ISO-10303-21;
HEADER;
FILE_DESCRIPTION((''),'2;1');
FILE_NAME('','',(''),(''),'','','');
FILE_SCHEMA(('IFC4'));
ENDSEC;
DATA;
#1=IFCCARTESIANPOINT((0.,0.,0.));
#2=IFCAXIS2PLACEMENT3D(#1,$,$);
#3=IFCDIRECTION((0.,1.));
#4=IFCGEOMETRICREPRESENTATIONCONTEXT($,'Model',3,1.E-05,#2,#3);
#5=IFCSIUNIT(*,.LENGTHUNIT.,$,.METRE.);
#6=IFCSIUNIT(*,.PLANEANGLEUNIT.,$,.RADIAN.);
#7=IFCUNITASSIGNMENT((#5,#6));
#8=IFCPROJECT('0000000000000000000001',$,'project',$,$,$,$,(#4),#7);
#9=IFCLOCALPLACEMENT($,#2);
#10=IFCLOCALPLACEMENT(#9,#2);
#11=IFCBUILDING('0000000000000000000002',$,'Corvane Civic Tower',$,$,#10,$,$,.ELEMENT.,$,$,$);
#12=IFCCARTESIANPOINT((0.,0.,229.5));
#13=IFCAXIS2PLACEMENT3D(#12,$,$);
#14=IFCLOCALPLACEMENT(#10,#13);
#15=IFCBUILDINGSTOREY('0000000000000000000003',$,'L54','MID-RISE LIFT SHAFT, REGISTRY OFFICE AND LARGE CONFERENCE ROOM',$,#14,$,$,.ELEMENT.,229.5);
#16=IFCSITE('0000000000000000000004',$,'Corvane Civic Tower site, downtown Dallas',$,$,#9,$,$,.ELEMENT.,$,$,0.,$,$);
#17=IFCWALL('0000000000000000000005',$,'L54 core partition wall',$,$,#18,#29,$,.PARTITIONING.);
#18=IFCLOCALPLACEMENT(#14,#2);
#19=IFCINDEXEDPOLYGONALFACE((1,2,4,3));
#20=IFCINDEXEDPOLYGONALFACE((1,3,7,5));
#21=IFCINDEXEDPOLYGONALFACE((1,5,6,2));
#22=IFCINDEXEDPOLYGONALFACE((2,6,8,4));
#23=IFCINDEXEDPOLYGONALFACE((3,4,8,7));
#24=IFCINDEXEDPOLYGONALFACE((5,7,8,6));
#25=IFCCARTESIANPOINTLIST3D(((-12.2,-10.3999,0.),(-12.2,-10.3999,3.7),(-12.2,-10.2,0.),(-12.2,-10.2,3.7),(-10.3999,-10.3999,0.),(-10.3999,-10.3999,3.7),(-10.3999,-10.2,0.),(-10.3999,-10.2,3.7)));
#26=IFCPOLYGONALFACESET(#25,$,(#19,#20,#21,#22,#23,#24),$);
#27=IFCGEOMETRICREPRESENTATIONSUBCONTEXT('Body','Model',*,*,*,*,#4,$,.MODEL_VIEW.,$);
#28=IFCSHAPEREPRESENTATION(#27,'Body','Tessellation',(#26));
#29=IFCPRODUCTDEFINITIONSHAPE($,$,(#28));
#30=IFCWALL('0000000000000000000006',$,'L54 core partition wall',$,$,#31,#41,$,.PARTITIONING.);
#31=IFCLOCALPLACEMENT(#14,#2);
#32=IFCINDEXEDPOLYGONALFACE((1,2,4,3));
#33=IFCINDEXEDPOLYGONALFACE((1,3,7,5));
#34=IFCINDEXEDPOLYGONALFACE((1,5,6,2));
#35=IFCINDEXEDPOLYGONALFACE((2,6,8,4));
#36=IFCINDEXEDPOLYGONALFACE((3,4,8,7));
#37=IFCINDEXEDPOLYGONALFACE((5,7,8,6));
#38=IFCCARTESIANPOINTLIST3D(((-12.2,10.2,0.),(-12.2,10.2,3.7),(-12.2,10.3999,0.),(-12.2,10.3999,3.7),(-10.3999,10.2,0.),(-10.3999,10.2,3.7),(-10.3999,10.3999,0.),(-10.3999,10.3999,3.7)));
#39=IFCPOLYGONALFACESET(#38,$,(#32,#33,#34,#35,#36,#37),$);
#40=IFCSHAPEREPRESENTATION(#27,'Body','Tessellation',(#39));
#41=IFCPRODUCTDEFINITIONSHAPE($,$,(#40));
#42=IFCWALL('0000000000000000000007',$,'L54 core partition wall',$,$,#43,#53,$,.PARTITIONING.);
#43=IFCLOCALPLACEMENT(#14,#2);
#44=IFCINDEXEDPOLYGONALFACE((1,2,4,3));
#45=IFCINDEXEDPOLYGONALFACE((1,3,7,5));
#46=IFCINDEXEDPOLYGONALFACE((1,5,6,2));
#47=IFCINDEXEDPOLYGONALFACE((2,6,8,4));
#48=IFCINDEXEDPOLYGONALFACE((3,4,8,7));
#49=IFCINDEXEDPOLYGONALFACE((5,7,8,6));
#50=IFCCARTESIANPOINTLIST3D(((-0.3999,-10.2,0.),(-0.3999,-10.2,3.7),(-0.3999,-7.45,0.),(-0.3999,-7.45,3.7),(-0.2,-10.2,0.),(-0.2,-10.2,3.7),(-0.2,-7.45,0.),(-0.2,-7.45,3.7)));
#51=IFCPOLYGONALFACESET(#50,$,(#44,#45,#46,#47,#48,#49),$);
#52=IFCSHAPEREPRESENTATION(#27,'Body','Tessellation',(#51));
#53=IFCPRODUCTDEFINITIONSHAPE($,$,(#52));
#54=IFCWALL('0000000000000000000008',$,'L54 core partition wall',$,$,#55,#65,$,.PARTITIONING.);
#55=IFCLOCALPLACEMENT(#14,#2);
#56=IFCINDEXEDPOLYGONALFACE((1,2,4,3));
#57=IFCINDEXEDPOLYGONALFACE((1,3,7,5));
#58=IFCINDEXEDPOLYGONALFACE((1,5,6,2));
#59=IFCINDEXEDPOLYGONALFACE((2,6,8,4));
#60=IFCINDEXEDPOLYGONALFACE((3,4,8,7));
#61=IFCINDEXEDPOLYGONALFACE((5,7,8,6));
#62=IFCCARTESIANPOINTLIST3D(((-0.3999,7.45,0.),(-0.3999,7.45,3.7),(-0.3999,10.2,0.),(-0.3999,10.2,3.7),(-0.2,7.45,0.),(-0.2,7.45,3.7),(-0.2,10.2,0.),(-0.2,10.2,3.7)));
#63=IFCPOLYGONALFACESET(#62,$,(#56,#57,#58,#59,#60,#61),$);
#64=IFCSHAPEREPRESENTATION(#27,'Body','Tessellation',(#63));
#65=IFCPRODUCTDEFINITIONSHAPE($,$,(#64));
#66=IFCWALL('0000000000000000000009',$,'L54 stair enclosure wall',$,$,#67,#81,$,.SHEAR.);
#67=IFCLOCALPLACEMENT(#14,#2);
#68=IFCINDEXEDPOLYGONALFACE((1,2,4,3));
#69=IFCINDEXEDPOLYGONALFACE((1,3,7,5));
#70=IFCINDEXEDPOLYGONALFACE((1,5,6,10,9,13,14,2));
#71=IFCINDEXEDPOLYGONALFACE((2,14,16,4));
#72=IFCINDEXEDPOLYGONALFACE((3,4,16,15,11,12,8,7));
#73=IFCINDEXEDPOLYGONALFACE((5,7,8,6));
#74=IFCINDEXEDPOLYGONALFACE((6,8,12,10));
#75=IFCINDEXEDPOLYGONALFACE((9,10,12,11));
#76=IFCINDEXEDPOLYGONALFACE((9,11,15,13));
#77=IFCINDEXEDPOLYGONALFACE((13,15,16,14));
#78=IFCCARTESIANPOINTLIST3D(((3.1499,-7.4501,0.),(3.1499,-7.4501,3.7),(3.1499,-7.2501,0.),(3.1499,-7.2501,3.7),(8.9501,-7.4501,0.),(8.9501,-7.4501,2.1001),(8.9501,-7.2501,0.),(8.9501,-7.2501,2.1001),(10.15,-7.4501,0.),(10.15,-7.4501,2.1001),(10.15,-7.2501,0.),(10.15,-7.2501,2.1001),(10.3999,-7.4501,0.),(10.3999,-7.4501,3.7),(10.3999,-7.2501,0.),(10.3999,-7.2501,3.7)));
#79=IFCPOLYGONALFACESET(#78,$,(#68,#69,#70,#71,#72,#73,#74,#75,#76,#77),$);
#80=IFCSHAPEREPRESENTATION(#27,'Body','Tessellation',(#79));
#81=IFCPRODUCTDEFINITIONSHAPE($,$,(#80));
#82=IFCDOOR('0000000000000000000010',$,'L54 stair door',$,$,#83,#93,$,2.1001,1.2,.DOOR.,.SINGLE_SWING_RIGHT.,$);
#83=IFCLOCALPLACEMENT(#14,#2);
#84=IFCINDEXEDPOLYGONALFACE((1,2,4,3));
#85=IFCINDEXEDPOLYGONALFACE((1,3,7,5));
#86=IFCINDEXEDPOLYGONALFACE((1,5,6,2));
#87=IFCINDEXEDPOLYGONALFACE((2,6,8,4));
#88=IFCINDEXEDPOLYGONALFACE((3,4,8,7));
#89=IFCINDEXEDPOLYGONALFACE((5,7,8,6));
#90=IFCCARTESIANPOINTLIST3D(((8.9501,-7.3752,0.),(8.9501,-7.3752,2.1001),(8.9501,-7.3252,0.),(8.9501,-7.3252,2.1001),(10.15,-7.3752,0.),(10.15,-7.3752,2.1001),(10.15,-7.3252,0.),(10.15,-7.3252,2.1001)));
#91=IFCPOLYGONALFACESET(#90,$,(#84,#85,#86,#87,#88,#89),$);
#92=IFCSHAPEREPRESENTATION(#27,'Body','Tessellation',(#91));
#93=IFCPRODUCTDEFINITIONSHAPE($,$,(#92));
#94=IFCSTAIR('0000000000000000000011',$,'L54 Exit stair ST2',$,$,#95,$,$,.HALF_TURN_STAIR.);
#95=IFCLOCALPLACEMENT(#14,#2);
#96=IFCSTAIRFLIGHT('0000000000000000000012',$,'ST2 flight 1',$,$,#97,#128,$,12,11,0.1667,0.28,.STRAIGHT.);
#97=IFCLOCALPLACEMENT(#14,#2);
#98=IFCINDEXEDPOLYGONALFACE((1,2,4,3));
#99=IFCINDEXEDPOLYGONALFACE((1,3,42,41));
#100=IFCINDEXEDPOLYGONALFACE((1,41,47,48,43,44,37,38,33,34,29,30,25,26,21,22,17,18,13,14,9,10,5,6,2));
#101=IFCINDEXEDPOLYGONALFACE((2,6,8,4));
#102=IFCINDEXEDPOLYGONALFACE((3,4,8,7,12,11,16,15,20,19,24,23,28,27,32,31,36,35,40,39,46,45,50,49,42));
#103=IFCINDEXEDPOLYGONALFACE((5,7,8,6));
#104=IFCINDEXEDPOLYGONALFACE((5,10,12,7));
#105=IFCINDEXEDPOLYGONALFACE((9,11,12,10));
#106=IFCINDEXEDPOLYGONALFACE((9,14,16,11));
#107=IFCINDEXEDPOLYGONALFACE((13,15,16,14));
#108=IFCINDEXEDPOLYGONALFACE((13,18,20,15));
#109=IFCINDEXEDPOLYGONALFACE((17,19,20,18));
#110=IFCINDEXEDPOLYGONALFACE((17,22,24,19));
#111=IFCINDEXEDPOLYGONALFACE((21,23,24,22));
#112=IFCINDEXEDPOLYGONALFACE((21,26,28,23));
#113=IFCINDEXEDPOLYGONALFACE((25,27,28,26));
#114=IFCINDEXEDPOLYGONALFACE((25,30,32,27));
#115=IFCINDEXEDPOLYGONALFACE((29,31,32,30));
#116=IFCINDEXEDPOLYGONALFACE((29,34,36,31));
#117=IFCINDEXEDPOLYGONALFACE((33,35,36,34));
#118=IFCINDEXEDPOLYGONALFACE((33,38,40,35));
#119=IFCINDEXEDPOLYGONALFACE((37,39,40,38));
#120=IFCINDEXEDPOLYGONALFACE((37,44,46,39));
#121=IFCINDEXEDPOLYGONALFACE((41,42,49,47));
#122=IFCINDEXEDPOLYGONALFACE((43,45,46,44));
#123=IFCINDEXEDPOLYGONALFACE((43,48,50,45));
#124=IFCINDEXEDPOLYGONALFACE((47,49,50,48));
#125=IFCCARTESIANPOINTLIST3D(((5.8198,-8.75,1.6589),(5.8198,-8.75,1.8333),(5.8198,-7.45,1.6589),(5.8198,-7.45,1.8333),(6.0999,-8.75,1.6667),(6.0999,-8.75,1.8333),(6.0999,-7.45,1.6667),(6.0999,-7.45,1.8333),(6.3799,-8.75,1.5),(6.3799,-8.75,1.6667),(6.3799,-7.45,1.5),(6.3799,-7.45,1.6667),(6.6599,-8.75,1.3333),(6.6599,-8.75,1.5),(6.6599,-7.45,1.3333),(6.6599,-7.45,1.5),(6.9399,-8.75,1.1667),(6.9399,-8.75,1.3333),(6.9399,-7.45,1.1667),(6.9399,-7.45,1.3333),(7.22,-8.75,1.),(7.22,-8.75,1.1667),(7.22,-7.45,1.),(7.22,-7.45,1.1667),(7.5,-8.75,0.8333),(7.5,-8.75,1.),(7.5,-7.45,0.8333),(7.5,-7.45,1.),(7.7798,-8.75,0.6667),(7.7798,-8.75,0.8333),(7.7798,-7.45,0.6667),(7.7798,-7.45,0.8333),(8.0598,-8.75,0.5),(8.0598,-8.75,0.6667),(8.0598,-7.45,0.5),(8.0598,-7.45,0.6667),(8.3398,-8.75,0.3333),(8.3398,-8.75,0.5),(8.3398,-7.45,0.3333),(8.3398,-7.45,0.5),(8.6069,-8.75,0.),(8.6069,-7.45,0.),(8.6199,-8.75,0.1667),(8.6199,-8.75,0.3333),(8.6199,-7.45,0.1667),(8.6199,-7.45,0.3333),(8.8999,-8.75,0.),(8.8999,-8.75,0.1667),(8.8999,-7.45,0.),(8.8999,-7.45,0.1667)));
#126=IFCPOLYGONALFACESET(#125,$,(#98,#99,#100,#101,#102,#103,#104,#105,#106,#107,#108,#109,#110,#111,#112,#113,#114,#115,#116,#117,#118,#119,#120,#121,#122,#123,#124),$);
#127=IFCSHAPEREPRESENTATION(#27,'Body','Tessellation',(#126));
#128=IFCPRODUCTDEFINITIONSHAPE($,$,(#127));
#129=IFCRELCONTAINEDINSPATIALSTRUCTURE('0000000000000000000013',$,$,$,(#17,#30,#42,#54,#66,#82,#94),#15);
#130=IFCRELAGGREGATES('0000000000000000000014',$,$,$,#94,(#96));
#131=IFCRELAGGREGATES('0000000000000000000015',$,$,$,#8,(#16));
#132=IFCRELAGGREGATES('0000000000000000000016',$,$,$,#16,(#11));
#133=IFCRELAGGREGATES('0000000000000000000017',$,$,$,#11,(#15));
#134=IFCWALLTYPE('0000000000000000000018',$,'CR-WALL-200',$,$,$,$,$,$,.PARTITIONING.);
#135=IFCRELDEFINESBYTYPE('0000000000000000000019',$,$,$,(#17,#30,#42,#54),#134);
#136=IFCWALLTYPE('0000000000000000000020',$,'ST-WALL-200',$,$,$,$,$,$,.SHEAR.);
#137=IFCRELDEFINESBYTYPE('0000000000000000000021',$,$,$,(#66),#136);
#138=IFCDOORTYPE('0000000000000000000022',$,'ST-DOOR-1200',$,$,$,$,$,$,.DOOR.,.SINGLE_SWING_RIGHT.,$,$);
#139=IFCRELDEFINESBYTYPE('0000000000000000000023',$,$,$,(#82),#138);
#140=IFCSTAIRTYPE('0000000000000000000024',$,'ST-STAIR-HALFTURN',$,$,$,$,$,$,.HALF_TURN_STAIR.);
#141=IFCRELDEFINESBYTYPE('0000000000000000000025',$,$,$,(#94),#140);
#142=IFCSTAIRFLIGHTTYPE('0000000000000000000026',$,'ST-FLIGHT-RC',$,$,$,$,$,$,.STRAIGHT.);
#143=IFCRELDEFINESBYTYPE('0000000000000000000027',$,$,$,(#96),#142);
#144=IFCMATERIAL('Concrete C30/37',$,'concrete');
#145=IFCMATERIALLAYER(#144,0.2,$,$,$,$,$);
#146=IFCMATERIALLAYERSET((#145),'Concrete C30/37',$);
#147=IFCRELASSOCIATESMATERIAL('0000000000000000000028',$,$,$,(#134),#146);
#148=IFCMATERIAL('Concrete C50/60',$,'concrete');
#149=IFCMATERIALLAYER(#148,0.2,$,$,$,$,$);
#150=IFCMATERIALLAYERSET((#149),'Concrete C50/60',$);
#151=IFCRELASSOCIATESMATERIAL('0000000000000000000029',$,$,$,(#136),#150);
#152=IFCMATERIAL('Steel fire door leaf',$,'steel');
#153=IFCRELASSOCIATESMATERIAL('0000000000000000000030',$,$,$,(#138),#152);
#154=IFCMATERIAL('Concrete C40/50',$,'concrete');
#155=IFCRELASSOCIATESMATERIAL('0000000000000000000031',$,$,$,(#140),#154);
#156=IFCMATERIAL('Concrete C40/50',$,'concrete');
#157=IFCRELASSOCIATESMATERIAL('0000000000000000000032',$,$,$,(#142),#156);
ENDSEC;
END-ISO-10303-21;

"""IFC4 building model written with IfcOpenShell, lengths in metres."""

from ifc_helpers import new_model, si_unit, direction, frame, frame_2d, origin, place, context, subcontext, project, spatial, polyline, rectangle, outline, extrude, material, layer, layer_set, type_object, element, fill, aggregate, save


model = new_model("IFC4")

# Units and contexts
model_context = context("Model", 3, precision=1e-05, world=origin(), true_north=direction((0.0, 1.0)))
body_context = subcontext(model_context, "Body", "Model", "MODEL_VIEW")
ifc_project = project(units=[si_unit("LENGTHUNIT", "METRE"), si_unit("PLANEANGLEUNIT", "RADIAN")], contexts=[model_context])

# Site, building, storey
site_placement = place(None, origin())
site = spatial("IfcSite", under=ifc_project, at=site_placement, Name="Corvane Civic Tower site, downtown Dallas", CompositionType="ELEMENT", RefElevation=0.0)
building_placement = place(site_placement, origin())
building = spatial("IfcBuilding", under=site, at=building_placement, Name="Corvane Civic Tower", CompositionType="ELEMENT")
storey_placement = place(building_placement, frame((0.0, 0.0, 229.5)))
storey = spatial("IfcBuildingStorey", under=building, at=storey_placement, Name="L54", Description="MID-RISE LIFT SHAFT, REGISTRY OFFICE AND LARGE CONFERENCE ROOM", CompositionType="ELEMENT", Elevation=229.5)

# Shared definitions
ifc_material_1 = material(Name="Concrete C30/37", Category="concrete")
ifc_layer_1 = layer(ifc_material_1, 0.2)
ifc_layer_set_1 = layer_set([ifc_layer_1], Name="Concrete C30/37")
wall_type_1 = type_object("IfcWallType", Name="CR-WALL-200", PredefinedType="PARTITIONING", material=ifc_layer_set_1)

# Walls
wall_1_placement = place(storey_placement, origin())
element("IfcWall", 1, at=wall_1_placement, inside=storey, type_object=wall_type_1, Name="L54 core partition wall", PredefinedType="PARTITIONING", context=body_context, shape_type="SweptSolid", body=[
    extrude(outline(polyline([(-10.3999, -10.3999), (-12.2, -10.3999), (-12.2, -10.2), (-10.3999, -10.2), (-10.3999, -10.3999)])), origin(), (0.0, 0.0, 1.0), 3.7),
])
wall_2_placement = place(storey_placement, origin())
element("IfcWall", 2, at=wall_2_placement, inside=storey, type_object=wall_type_1, Name="L54 core partition wall", PredefinedType="PARTITIONING", context=body_context, shape_type="SweptSolid", body=[
    extrude(outline(polyline([(-12.2, 10.2), (-12.2, 10.3999), (-10.3999, 10.3999), (-10.3999, 10.2), (-12.2, 10.2)])), origin(), (0.0, 0.0, 1.0), 3.7),
])
wall_3_placement = place(storey_placement, origin())
element("IfcWall", 3, at=wall_3_placement, inside=storey, type_object=wall_type_1, Name="L54 core partition wall", PredefinedType="PARTITIONING", context=body_context, shape_type="SweptSolid", body=[
    extrude(outline(polyline([(-0.2, -10.2), (-0.3999, -10.2), (-0.3999, -7.45), (-0.2, -7.45), (-0.2, -10.2)])), origin(), (0.0, 0.0, 1.0), 3.7),
])
wall_4_placement = place(storey_placement, origin())
element("IfcWall", 4, at=wall_4_placement, inside=storey, type_object=wall_type_1, Name="L54 core partition wall", PredefinedType="PARTITIONING", context=body_context, shape_type="SweptSolid", body=[
    extrude(outline(polyline([(-0.2, 10.2), (-0.2, 7.45), (-0.3999, 7.45), (-0.3999, 10.2), (-0.2, 10.2)])), origin(), (0.0, 0.0, 1.0), 3.7),
])

# Wall, opening, door
ifc_material_2 = material(Name="Concrete C50/60", Category="concrete")
ifc_layer_2 = layer(ifc_material_2, 0.2)
ifc_layer_set_2 = layer_set([ifc_layer_2], Name="Concrete C50/60")
wall_type_2 = type_object("IfcWallType", Name="ST-WALL-200", PredefinedType="SHEAR", material=ifc_layer_set_2)
wall_5_placement = place(storey_placement, frame((3.1499, -7.3501, 0.0), z_axis=(0.0, 0.0, 1.0), x_axis=(1.0, 0.0, 0.0)))
wall_5 = element("IfcWall", 5, at=wall_5_placement, inside=storey, type_object=wall_type_2, Name="L54 stair enclosure wall", PredefinedType="SHEAR", context=body_context, shape_type="SweptSolid", body=[
    extrude(rectangle(XDim=7.25, YDim=0.2, at=frame_2d((3.625, 0.0))), origin(), (0.0, 0.0, 1.0), 3.7),
])
opening_1_placement = place(wall_5_placement, frame((5.8, 0.0, 0.0)))
opening_1 = element("IfcOpeningElement", 6, at=opening_1_placement, cuts=wall_5, PredefinedType="OPENING", context=body_context, shape_type="SweptSolid", body=[
    extrude(rectangle(XDim=1.2, YDim=2.1001, at=frame_2d((0.6001, 1.05))), frame((0.0, 0.1099, 0.0), z_axis=(0.0, -1.0, 0.0), x_axis=(1.0, 0.0, 0.0)), (0.0, 0.0, 1.0), 0.22),
])
ifc_material_3 = material(Name="Steel fire door leaf", Category="steel")
door_type_1 = type_object("IfcDoorType", Name="ST-DOOR-1200", OperationType="SINGLE_SWING_RIGHT", PredefinedType="DOOR", material=ifc_material_3)
door_1_placement = place(opening_1_placement, origin())
door_1 = element("IfcDoor", 7, at=door_1_placement, inside=storey, type_object=door_type_1, Name="L54 stair door", OperationType="SINGLE_SWING_RIGHT", OverallHeight=2.1001, OverallWidth=1.2, PredefinedType="DOOR", context=body_context, shape_type="SweptSolid", body=[
    extrude(rectangle(XDim=1.2, YDim=2.1001, at=frame_2d((0.6001, 1.05))), frame((0.0, 0.0249, 0.0), z_axis=(0.0, -1.0, 0.0), x_axis=(1.0, 0.0, 0.0)), (0.0, 0.0, 1.0), 0.05),
])
fill(opening_1, door_1)

# Stair, stair flight
ifc_material_4 = material(Name="Concrete C40/50", Category="concrete")
stair_type = type_object("IfcStairType", Name="ST-STAIR-HALFTURN", PredefinedType="HALF_TURN_STAIR", material=ifc_material_4)
stair_placement = place(storey_placement, origin())
stair = element("IfcStair", 8, at=stair_placement, inside=storey, type_object=stair_type, Name="L54 Exit stair ST2", PredefinedType="HALF_TURN_STAIR")
ifc_material_5 = material(Name="Concrete C40/50", Category="concrete")
stair_flight_type = type_object("IfcStairFlightType", Name="ST-FLIGHT-RC", PredefinedType="STRAIGHT", material=ifc_material_5)
stair_flight_placement = place(storey_placement, frame((8.8999, -8.1001, 0.0), z_axis=(0.0, 0.0, 1.0), x_axis=(-1.0, 0.0, 0.0)))
stair_flight = element("IfcStairFlight", 9, at=stair_flight_placement, type_object=stair_flight_type, Name="ST2 flight 1", NumberOfRisers=12, NumberOfTreads=11, PredefinedType="STRAIGHT", RiserHeight=0.1667, TreadLength=0.28, context=body_context, shape_type="SweptSolid", body=[
    extrude(outline(polyline([(0.0, 0.0), (0.0, 0.1667), (0.28, 0.1667), (0.28, 0.3333), (0.5601, 0.3333), (0.5601, 0.5), (0.8401, 0.5), (0.8401, 0.6667), (1.1201, 0.6667), (1.1201, 0.8333), (1.3999, 0.8333), (1.3999, 1.0), (1.6799, 1.0), (1.6799, 1.1667), (1.96, 1.1667), (1.96, 1.3333), (2.24, 1.3333), (2.24, 1.5), (2.52, 1.5), (2.52, 1.6667), (2.8, 1.6667), (2.8, 1.8333), (3.0801, 1.8333), (3.0801, 2.0), (3.0801, 1.6589), (0.293, 0.0), (0.0, 0.0)])), frame((0.0, 0.6499, 0.0), z_axis=(0.0, -1.0, 0.0), x_axis=(1.0, 0.0, 0.0)), (0.0, 0.0, 1.0), 1.3),
])
aggregate(stair, [stair_flight])

save(model, "model.ifc")
